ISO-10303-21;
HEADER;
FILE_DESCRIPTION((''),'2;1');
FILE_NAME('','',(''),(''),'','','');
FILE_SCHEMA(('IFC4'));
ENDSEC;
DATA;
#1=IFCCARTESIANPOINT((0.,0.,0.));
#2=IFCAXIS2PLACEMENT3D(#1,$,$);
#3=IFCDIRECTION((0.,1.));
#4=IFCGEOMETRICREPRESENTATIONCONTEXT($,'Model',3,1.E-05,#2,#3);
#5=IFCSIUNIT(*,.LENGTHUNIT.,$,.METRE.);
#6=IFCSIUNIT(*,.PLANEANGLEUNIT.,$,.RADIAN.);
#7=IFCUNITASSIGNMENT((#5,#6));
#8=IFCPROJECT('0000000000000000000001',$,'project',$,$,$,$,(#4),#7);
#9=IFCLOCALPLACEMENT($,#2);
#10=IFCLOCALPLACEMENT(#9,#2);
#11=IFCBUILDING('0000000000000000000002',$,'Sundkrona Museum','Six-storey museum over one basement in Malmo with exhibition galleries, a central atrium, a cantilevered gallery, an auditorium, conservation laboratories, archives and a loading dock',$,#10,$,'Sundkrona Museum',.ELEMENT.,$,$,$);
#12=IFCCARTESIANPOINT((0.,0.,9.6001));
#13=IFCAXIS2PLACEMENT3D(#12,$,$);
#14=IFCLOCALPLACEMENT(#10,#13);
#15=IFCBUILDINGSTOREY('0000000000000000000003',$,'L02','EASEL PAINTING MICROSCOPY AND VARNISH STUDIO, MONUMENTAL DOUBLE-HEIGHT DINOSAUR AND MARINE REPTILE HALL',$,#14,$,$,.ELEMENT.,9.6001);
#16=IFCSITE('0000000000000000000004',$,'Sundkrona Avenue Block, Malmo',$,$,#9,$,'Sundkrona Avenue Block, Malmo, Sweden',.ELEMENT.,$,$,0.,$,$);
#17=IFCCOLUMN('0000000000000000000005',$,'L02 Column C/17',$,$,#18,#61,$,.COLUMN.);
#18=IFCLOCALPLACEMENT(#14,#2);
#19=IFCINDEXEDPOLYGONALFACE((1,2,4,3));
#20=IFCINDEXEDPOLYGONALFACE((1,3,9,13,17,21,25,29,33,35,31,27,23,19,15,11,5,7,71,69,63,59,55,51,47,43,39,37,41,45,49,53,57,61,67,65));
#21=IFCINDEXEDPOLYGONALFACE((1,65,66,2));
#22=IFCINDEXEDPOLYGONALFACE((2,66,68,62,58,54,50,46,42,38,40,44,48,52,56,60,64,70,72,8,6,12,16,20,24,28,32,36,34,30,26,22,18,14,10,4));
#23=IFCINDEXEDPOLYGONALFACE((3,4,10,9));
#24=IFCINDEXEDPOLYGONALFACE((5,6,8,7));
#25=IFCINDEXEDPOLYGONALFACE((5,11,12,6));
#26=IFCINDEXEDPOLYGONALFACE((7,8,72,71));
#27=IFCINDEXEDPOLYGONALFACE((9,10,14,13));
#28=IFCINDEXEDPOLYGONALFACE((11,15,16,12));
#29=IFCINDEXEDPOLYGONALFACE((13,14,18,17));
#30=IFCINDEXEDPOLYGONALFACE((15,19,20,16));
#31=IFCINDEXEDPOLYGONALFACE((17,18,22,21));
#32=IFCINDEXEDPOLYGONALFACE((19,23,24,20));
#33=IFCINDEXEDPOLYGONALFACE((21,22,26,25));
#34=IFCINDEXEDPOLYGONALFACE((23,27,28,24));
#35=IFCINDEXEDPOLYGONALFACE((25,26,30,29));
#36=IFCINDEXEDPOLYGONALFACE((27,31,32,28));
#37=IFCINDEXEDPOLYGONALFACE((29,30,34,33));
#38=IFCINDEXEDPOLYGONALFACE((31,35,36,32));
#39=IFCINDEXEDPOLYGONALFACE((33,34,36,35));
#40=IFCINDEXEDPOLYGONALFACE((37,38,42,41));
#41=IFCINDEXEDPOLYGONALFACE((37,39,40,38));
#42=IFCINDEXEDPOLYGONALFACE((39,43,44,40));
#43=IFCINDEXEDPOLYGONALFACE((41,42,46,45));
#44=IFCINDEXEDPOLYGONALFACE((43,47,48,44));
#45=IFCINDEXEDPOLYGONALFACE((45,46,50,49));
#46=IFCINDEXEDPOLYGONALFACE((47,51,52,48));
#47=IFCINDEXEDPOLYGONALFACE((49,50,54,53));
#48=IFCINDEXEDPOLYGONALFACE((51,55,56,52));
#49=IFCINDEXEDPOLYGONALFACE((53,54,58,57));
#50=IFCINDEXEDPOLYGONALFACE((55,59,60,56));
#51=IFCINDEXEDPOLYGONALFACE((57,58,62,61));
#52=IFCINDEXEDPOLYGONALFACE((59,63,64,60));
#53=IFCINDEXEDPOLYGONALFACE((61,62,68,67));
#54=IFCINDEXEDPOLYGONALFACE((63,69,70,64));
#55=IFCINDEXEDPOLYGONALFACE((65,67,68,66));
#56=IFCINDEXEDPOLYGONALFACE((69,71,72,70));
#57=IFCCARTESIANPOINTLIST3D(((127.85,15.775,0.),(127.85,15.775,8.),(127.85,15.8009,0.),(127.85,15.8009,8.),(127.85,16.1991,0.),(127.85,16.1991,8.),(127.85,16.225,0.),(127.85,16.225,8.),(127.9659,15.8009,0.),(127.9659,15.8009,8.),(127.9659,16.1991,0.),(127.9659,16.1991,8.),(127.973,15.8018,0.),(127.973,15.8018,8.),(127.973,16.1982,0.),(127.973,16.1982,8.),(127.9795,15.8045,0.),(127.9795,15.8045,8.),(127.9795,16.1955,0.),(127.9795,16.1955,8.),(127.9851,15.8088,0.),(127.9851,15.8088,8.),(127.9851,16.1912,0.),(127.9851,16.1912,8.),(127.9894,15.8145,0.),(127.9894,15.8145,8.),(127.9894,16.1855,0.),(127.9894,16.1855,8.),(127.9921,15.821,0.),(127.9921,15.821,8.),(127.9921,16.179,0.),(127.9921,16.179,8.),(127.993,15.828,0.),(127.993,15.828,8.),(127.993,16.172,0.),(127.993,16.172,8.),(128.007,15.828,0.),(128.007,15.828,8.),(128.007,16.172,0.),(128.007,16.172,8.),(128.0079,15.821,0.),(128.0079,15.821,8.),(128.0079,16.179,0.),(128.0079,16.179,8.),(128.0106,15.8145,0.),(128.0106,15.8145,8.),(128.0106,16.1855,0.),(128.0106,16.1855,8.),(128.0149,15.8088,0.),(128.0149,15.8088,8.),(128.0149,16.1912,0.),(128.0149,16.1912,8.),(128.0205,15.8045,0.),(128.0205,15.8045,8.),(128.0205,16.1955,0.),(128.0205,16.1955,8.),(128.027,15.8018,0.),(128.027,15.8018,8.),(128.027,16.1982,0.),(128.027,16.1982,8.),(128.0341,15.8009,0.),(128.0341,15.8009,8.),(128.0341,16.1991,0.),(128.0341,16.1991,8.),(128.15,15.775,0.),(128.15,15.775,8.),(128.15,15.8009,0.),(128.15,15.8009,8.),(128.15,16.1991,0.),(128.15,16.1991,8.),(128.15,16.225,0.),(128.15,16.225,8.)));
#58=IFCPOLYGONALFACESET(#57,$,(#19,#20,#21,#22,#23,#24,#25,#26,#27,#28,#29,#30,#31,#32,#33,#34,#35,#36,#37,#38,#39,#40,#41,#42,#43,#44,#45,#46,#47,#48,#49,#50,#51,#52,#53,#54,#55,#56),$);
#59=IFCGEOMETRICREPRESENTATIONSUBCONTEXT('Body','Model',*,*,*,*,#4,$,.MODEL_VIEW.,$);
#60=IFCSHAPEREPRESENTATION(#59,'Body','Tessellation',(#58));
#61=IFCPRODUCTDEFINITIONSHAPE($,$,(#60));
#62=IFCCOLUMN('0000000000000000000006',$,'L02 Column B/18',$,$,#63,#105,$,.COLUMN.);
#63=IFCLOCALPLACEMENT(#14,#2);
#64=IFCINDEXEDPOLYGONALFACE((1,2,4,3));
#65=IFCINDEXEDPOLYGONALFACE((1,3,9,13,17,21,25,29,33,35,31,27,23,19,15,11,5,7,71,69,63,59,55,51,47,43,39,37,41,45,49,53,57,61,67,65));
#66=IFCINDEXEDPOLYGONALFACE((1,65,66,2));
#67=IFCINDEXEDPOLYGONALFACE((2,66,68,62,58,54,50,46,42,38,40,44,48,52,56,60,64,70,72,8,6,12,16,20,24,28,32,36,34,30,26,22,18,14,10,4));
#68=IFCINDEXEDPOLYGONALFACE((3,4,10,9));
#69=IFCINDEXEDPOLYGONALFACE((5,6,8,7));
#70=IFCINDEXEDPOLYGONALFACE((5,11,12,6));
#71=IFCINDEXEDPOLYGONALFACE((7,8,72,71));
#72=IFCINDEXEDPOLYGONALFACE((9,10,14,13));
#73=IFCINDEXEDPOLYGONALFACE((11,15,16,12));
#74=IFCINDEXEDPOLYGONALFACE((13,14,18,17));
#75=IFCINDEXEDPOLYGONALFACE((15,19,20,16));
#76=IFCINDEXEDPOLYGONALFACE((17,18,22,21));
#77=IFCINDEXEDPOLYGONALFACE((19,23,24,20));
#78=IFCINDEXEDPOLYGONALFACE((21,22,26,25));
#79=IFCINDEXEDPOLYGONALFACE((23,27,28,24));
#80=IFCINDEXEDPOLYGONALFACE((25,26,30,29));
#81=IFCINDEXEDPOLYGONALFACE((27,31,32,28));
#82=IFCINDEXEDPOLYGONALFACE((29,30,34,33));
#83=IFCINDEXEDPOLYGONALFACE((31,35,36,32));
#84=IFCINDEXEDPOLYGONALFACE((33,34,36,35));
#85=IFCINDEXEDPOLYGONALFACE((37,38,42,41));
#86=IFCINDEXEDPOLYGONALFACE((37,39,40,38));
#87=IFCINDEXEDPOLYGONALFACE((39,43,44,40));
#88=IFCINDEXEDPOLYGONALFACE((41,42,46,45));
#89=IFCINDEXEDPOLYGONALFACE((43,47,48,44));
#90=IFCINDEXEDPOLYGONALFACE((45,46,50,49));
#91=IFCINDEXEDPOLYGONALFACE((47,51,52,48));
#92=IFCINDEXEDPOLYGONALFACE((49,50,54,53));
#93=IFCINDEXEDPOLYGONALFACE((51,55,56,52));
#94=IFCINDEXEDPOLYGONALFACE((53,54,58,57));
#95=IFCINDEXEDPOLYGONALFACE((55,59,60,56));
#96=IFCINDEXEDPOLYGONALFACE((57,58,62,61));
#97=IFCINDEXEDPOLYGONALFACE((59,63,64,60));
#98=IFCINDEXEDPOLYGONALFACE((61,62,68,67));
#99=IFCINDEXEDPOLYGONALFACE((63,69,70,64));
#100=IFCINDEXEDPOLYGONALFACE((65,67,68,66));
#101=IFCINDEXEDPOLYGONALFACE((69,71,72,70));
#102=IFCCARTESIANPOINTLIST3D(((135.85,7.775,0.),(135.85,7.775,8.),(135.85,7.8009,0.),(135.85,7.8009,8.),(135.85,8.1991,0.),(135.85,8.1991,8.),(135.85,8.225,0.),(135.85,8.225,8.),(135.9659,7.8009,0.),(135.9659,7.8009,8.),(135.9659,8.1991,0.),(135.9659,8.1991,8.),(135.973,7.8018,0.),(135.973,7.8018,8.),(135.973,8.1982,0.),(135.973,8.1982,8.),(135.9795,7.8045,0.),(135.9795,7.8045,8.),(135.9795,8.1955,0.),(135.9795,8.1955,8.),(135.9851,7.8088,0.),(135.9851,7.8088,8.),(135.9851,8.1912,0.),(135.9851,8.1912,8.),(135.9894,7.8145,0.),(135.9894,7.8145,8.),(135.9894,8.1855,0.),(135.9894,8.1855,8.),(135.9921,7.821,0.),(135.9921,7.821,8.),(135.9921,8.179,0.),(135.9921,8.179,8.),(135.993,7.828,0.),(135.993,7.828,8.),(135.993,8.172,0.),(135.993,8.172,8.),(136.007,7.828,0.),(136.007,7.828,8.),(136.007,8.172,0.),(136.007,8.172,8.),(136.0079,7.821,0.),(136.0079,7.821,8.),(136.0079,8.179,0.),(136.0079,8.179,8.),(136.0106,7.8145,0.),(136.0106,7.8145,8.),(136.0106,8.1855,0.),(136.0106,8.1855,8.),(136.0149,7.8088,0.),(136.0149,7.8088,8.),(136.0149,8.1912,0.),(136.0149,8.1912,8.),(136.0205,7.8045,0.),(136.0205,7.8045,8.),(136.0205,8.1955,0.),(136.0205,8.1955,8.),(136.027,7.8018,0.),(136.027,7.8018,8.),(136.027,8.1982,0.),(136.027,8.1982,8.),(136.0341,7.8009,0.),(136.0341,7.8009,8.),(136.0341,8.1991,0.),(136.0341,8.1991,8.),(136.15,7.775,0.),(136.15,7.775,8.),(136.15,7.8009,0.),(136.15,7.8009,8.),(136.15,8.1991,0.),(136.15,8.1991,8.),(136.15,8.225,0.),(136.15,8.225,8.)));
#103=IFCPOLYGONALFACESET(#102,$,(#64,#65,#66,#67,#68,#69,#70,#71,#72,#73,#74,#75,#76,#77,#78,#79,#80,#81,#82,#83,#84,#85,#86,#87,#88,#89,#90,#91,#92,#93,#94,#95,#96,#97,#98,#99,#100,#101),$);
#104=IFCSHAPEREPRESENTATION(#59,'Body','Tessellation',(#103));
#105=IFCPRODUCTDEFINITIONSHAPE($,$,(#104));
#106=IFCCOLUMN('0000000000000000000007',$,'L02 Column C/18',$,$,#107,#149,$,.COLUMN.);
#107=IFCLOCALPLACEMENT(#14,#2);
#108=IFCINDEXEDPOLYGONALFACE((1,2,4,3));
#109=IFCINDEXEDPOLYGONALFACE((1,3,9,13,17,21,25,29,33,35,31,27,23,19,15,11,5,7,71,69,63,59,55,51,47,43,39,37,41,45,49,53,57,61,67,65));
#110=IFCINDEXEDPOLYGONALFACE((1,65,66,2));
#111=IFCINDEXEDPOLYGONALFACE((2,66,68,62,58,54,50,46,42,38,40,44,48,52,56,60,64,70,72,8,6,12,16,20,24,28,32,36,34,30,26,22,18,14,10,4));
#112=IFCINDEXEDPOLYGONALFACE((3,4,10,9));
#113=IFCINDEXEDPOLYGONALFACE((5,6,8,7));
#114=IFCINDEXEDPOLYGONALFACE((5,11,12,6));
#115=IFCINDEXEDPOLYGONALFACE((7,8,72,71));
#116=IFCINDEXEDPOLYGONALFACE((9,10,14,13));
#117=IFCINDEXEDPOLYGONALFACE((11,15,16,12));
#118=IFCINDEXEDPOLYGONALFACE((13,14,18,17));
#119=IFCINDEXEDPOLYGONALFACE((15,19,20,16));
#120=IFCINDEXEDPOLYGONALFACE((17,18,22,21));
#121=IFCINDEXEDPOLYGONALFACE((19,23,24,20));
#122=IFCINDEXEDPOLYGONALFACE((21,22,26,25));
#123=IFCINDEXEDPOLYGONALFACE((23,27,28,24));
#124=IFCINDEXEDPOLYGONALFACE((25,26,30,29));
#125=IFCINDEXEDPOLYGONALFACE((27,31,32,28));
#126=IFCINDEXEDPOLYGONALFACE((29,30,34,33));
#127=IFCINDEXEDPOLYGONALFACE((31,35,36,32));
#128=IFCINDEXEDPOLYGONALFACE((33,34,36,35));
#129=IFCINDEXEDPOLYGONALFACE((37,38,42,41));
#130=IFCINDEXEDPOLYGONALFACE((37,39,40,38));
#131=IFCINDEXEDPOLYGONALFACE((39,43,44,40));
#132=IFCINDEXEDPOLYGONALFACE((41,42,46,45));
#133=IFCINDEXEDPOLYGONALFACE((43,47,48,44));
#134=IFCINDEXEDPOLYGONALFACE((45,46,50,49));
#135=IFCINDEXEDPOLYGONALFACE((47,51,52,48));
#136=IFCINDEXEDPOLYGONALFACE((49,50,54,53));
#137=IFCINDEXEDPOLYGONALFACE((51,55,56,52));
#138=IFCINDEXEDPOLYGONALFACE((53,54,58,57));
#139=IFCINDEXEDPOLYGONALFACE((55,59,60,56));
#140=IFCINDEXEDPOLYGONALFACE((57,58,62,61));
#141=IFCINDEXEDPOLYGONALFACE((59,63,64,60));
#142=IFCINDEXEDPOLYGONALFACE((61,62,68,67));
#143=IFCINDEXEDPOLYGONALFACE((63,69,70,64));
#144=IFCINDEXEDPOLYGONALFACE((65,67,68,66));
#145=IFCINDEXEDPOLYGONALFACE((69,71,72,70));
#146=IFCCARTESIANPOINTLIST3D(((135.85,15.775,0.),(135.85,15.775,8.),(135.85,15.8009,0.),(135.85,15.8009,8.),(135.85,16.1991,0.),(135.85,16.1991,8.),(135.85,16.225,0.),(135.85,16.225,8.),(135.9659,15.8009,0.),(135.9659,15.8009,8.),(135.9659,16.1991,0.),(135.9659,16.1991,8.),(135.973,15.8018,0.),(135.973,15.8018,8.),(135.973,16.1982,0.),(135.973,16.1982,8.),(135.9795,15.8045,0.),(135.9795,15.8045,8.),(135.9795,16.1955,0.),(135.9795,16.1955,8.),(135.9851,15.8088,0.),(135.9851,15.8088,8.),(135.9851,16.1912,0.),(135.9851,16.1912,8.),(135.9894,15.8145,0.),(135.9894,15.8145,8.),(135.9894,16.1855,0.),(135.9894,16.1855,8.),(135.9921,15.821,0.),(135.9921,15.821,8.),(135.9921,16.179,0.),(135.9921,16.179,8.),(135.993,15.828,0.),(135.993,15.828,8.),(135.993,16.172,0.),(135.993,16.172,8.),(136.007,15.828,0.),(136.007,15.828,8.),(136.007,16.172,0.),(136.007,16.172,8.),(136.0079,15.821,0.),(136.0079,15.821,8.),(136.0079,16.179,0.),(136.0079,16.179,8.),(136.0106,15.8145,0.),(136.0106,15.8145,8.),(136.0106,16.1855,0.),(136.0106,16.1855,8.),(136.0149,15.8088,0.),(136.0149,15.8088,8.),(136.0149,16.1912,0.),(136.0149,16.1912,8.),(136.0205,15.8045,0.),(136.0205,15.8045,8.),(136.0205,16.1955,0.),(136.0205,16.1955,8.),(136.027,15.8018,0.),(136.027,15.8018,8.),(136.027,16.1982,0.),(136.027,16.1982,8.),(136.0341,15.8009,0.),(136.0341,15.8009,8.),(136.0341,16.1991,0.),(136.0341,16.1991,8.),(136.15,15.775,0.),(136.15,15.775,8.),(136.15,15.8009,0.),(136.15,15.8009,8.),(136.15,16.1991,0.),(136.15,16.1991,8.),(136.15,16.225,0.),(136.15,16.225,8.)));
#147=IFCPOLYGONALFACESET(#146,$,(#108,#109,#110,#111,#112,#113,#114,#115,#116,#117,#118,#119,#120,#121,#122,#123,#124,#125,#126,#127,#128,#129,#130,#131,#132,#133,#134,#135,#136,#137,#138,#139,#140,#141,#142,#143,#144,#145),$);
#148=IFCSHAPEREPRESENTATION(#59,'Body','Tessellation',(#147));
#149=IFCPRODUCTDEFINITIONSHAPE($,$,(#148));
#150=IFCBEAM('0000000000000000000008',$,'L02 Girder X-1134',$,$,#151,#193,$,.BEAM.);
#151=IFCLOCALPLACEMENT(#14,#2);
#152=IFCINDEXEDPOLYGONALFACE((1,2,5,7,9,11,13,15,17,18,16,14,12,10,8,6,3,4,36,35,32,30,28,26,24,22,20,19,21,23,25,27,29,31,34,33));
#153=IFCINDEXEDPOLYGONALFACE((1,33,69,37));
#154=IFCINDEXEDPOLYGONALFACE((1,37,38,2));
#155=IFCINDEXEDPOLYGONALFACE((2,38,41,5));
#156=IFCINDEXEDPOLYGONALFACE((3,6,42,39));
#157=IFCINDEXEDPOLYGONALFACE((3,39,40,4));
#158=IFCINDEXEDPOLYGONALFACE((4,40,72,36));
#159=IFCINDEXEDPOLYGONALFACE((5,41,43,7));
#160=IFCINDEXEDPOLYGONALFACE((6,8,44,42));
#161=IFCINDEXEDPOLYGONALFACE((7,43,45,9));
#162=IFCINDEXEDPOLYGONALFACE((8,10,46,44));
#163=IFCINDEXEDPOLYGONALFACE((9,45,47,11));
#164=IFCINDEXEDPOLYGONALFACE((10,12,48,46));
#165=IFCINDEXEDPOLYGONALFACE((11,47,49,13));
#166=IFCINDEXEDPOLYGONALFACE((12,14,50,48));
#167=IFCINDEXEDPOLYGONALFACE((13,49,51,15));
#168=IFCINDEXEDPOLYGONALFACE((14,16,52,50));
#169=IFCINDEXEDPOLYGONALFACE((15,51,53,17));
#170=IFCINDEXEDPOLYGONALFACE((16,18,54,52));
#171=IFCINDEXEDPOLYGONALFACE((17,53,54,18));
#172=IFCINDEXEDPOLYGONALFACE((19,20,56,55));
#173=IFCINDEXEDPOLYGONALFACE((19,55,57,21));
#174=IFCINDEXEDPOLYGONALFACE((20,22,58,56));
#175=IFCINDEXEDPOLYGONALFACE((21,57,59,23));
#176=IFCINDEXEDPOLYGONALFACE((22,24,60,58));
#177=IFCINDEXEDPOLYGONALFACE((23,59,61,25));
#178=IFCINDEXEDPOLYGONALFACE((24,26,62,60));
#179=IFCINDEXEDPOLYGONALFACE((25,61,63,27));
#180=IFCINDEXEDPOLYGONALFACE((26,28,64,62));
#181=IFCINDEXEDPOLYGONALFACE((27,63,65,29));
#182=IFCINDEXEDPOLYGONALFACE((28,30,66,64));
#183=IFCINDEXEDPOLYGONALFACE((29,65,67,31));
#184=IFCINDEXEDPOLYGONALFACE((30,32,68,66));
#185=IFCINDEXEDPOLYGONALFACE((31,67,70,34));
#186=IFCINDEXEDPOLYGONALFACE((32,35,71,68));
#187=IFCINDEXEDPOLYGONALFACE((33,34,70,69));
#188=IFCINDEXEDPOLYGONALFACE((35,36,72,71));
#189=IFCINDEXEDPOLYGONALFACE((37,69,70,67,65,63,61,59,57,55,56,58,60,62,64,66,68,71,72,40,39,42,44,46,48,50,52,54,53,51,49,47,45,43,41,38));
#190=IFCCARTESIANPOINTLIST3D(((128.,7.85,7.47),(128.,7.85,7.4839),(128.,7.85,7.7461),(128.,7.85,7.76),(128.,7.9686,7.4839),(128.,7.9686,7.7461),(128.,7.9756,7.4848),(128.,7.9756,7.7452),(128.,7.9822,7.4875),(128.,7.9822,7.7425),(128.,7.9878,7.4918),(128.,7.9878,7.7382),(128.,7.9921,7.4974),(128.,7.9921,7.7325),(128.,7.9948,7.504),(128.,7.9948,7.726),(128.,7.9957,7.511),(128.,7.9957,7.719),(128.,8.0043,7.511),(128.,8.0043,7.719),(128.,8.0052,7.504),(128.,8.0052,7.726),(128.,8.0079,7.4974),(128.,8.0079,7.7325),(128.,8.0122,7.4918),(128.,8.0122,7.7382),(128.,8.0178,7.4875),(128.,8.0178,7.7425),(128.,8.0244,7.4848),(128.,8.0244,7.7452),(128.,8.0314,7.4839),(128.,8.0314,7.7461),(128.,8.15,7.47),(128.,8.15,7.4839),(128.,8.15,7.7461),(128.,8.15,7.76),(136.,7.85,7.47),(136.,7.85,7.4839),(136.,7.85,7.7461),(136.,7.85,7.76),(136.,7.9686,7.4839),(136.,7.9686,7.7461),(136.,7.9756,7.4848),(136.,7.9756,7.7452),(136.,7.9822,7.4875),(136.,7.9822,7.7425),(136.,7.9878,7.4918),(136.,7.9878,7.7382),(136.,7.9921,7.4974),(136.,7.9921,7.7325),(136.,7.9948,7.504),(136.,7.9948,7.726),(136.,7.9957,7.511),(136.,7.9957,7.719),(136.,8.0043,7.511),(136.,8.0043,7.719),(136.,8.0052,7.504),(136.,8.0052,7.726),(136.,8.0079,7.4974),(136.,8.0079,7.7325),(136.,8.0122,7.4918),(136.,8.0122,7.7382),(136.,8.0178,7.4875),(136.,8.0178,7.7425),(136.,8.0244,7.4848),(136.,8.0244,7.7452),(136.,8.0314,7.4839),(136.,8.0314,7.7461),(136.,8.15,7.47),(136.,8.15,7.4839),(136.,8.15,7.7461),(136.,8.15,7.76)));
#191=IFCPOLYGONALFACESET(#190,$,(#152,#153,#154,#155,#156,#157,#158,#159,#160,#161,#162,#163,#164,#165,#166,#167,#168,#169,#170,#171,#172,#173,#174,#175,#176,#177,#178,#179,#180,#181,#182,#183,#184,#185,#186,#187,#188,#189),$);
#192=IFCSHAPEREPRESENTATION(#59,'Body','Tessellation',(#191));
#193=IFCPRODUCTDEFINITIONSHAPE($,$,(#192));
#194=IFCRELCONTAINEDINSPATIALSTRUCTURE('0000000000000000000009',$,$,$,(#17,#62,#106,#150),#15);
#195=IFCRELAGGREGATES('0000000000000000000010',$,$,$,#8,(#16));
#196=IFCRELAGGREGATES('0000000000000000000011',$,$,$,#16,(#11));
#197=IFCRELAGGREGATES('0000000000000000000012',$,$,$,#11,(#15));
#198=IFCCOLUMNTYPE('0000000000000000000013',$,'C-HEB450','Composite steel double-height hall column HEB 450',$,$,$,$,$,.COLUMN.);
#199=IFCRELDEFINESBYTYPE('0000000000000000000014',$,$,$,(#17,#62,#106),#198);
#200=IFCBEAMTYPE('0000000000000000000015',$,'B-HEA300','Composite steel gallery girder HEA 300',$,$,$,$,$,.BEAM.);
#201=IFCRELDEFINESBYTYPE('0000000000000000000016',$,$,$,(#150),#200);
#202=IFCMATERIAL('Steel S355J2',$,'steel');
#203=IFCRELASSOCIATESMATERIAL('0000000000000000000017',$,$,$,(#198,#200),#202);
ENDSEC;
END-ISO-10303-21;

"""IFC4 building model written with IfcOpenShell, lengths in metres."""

from ifc_helpers import new_model, si_unit, direction, frame, origin, origin_2d, place, context, subcontext, project, spatial, i_section, extrude, material, material_profile, profile_set, type_object, element, save


model = new_model("IFC4")

# Units and contexts
model_context = context("Model", 3, precision=1e-05, world=origin(), true_north=direction((0.0, 1.0)))
body_context = subcontext(model_context, "Body", "Model", "MODEL_VIEW")
ifc_project = project(units=[si_unit("LENGTHUNIT", "METRE"), si_unit("PLANEANGLEUNIT", "RADIAN")], contexts=[model_context])

# Site, building, storey
site_placement = place(None, origin())
site = spatial("IfcSite", under=ifc_project, at=site_placement, Name="Sundkrona Avenue Block, Malmo", LongName="Sundkrona Avenue Block, Malmo, Sweden", CompositionType="ELEMENT", RefElevation=0.0)
building_placement = place(site_placement, origin())
building = spatial("IfcBuilding", under=site, at=building_placement, Name="Sundkrona Museum", Description="Six-storey museum over one basement in Malmo with exhibition galleries, a central atrium, a cantilevered gallery, an auditorium, conservation laboratories, archives and a loading dock", LongName="Sundkrona Museum", CompositionType="ELEMENT")
storey_placement = place(building_placement, frame((0.0, 0.0, 9.6001)))
storey = spatial("IfcBuildingStorey", under=building, at=storey_placement, Name="L02", Description="EASEL PAINTING MICROSCOPY AND VARNISH STUDIO, MONUMENTAL DOUBLE-HEIGHT DINOSAUR AND MARINE REPTILE HALL", CompositionType="ELEMENT", Elevation=9.6001)

# Columns
ifc_material_1 = material(Name="Steel S355J2", Category="steel")
ifc_material_profile_1 = material_profile(ifc_material_1, i_section(OverallWidth=0.3, OverallDepth=0.45, WebThickness=0.0139, FlangeThickness=0.0259, FilletRadius=0.0271, at=origin_2d()), Name="HEB 450")
ifc_profile_set_1 = profile_set([ifc_material_profile_1], Name="Steel S355J2")
column_type = type_object("IfcColumnType", Name="C-HEB450", Description="Composite steel double-height hall column HEB 450", PredefinedType="COLUMN", material=ifc_profile_set_1)
for number, where, z_axis, x_axis, name in (
    (1, (128.0, 16.0, 0.0), (0.0, 0.0, 1.0), (1.0, 0.0, 0.0), "L02 Column C/17"),
    (2, (136.0, 8.0, 0.0), (0.0, 0.0, 1.0), (1.0, 0.0, 0.0), "L02 Column B/18"),
    (3, (136.0, 16.0, 0.0), (0.0, 0.0, 1.0), (1.0, 0.0, 0.0), "L02 Column C/18"),
):
    element("IfcColumn", number, at=place(storey_placement, frame(where, z_axis=z_axis, x_axis=x_axis)), inside=storey, type_object=column_type, Name=name, PredefinedType="COLUMN", context=body_context, shape_type="SweptSolid", body=[
        extrude(i_section(OverallWidth=0.3, OverallDepth=0.45, WebThickness=0.0139, FlangeThickness=0.0259, FilletRadius=0.0271, at=origin_2d()), origin(), (0.0, 0.0, 1.0), 8.0),
    ])

# Beam
ifc_material_profile_2 = material_profile(ifc_material_1, i_section(OverallWidth=0.3, OverallDepth=0.29, WebThickness=0.0085, FlangeThickness=0.0139, FilletRadius=0.0271, at=origin_2d()), Name="HEA 300")
ifc_profile_set_2 = profile_set([ifc_material_profile_2], Name="Steel S355J2")
beam_type_1 = type_object("IfcBeamType", Name="B-HEA300", Description="Composite steel gallery girder HEA 300", PredefinedType="BEAM", material=ifc_profile_set_2)
beam_1_placement = place(storey_placement, frame((128.0, 8.0, 7.615), z_axis=(1.0, 0.0, 0.0), x_axis=(0.0, 1.0, 0.0)))
element("IfcBeam", 4, at=beam_1_placement, inside=storey, type_object=beam_type_1, Name="L02 Girder X-1134", PredefinedType="BEAM", context=body_context, shape_type="SweptSolid", body=[
    extrude(i_section(OverallWidth=0.3, OverallDepth=0.29, WebThickness=0.0085, FlangeThickness=0.0139, FilletRadius=0.0271, at=origin_2d()), origin(), (0.0, 0.0, 1.0), 8.0),
])

save(model, "model.ifc")
